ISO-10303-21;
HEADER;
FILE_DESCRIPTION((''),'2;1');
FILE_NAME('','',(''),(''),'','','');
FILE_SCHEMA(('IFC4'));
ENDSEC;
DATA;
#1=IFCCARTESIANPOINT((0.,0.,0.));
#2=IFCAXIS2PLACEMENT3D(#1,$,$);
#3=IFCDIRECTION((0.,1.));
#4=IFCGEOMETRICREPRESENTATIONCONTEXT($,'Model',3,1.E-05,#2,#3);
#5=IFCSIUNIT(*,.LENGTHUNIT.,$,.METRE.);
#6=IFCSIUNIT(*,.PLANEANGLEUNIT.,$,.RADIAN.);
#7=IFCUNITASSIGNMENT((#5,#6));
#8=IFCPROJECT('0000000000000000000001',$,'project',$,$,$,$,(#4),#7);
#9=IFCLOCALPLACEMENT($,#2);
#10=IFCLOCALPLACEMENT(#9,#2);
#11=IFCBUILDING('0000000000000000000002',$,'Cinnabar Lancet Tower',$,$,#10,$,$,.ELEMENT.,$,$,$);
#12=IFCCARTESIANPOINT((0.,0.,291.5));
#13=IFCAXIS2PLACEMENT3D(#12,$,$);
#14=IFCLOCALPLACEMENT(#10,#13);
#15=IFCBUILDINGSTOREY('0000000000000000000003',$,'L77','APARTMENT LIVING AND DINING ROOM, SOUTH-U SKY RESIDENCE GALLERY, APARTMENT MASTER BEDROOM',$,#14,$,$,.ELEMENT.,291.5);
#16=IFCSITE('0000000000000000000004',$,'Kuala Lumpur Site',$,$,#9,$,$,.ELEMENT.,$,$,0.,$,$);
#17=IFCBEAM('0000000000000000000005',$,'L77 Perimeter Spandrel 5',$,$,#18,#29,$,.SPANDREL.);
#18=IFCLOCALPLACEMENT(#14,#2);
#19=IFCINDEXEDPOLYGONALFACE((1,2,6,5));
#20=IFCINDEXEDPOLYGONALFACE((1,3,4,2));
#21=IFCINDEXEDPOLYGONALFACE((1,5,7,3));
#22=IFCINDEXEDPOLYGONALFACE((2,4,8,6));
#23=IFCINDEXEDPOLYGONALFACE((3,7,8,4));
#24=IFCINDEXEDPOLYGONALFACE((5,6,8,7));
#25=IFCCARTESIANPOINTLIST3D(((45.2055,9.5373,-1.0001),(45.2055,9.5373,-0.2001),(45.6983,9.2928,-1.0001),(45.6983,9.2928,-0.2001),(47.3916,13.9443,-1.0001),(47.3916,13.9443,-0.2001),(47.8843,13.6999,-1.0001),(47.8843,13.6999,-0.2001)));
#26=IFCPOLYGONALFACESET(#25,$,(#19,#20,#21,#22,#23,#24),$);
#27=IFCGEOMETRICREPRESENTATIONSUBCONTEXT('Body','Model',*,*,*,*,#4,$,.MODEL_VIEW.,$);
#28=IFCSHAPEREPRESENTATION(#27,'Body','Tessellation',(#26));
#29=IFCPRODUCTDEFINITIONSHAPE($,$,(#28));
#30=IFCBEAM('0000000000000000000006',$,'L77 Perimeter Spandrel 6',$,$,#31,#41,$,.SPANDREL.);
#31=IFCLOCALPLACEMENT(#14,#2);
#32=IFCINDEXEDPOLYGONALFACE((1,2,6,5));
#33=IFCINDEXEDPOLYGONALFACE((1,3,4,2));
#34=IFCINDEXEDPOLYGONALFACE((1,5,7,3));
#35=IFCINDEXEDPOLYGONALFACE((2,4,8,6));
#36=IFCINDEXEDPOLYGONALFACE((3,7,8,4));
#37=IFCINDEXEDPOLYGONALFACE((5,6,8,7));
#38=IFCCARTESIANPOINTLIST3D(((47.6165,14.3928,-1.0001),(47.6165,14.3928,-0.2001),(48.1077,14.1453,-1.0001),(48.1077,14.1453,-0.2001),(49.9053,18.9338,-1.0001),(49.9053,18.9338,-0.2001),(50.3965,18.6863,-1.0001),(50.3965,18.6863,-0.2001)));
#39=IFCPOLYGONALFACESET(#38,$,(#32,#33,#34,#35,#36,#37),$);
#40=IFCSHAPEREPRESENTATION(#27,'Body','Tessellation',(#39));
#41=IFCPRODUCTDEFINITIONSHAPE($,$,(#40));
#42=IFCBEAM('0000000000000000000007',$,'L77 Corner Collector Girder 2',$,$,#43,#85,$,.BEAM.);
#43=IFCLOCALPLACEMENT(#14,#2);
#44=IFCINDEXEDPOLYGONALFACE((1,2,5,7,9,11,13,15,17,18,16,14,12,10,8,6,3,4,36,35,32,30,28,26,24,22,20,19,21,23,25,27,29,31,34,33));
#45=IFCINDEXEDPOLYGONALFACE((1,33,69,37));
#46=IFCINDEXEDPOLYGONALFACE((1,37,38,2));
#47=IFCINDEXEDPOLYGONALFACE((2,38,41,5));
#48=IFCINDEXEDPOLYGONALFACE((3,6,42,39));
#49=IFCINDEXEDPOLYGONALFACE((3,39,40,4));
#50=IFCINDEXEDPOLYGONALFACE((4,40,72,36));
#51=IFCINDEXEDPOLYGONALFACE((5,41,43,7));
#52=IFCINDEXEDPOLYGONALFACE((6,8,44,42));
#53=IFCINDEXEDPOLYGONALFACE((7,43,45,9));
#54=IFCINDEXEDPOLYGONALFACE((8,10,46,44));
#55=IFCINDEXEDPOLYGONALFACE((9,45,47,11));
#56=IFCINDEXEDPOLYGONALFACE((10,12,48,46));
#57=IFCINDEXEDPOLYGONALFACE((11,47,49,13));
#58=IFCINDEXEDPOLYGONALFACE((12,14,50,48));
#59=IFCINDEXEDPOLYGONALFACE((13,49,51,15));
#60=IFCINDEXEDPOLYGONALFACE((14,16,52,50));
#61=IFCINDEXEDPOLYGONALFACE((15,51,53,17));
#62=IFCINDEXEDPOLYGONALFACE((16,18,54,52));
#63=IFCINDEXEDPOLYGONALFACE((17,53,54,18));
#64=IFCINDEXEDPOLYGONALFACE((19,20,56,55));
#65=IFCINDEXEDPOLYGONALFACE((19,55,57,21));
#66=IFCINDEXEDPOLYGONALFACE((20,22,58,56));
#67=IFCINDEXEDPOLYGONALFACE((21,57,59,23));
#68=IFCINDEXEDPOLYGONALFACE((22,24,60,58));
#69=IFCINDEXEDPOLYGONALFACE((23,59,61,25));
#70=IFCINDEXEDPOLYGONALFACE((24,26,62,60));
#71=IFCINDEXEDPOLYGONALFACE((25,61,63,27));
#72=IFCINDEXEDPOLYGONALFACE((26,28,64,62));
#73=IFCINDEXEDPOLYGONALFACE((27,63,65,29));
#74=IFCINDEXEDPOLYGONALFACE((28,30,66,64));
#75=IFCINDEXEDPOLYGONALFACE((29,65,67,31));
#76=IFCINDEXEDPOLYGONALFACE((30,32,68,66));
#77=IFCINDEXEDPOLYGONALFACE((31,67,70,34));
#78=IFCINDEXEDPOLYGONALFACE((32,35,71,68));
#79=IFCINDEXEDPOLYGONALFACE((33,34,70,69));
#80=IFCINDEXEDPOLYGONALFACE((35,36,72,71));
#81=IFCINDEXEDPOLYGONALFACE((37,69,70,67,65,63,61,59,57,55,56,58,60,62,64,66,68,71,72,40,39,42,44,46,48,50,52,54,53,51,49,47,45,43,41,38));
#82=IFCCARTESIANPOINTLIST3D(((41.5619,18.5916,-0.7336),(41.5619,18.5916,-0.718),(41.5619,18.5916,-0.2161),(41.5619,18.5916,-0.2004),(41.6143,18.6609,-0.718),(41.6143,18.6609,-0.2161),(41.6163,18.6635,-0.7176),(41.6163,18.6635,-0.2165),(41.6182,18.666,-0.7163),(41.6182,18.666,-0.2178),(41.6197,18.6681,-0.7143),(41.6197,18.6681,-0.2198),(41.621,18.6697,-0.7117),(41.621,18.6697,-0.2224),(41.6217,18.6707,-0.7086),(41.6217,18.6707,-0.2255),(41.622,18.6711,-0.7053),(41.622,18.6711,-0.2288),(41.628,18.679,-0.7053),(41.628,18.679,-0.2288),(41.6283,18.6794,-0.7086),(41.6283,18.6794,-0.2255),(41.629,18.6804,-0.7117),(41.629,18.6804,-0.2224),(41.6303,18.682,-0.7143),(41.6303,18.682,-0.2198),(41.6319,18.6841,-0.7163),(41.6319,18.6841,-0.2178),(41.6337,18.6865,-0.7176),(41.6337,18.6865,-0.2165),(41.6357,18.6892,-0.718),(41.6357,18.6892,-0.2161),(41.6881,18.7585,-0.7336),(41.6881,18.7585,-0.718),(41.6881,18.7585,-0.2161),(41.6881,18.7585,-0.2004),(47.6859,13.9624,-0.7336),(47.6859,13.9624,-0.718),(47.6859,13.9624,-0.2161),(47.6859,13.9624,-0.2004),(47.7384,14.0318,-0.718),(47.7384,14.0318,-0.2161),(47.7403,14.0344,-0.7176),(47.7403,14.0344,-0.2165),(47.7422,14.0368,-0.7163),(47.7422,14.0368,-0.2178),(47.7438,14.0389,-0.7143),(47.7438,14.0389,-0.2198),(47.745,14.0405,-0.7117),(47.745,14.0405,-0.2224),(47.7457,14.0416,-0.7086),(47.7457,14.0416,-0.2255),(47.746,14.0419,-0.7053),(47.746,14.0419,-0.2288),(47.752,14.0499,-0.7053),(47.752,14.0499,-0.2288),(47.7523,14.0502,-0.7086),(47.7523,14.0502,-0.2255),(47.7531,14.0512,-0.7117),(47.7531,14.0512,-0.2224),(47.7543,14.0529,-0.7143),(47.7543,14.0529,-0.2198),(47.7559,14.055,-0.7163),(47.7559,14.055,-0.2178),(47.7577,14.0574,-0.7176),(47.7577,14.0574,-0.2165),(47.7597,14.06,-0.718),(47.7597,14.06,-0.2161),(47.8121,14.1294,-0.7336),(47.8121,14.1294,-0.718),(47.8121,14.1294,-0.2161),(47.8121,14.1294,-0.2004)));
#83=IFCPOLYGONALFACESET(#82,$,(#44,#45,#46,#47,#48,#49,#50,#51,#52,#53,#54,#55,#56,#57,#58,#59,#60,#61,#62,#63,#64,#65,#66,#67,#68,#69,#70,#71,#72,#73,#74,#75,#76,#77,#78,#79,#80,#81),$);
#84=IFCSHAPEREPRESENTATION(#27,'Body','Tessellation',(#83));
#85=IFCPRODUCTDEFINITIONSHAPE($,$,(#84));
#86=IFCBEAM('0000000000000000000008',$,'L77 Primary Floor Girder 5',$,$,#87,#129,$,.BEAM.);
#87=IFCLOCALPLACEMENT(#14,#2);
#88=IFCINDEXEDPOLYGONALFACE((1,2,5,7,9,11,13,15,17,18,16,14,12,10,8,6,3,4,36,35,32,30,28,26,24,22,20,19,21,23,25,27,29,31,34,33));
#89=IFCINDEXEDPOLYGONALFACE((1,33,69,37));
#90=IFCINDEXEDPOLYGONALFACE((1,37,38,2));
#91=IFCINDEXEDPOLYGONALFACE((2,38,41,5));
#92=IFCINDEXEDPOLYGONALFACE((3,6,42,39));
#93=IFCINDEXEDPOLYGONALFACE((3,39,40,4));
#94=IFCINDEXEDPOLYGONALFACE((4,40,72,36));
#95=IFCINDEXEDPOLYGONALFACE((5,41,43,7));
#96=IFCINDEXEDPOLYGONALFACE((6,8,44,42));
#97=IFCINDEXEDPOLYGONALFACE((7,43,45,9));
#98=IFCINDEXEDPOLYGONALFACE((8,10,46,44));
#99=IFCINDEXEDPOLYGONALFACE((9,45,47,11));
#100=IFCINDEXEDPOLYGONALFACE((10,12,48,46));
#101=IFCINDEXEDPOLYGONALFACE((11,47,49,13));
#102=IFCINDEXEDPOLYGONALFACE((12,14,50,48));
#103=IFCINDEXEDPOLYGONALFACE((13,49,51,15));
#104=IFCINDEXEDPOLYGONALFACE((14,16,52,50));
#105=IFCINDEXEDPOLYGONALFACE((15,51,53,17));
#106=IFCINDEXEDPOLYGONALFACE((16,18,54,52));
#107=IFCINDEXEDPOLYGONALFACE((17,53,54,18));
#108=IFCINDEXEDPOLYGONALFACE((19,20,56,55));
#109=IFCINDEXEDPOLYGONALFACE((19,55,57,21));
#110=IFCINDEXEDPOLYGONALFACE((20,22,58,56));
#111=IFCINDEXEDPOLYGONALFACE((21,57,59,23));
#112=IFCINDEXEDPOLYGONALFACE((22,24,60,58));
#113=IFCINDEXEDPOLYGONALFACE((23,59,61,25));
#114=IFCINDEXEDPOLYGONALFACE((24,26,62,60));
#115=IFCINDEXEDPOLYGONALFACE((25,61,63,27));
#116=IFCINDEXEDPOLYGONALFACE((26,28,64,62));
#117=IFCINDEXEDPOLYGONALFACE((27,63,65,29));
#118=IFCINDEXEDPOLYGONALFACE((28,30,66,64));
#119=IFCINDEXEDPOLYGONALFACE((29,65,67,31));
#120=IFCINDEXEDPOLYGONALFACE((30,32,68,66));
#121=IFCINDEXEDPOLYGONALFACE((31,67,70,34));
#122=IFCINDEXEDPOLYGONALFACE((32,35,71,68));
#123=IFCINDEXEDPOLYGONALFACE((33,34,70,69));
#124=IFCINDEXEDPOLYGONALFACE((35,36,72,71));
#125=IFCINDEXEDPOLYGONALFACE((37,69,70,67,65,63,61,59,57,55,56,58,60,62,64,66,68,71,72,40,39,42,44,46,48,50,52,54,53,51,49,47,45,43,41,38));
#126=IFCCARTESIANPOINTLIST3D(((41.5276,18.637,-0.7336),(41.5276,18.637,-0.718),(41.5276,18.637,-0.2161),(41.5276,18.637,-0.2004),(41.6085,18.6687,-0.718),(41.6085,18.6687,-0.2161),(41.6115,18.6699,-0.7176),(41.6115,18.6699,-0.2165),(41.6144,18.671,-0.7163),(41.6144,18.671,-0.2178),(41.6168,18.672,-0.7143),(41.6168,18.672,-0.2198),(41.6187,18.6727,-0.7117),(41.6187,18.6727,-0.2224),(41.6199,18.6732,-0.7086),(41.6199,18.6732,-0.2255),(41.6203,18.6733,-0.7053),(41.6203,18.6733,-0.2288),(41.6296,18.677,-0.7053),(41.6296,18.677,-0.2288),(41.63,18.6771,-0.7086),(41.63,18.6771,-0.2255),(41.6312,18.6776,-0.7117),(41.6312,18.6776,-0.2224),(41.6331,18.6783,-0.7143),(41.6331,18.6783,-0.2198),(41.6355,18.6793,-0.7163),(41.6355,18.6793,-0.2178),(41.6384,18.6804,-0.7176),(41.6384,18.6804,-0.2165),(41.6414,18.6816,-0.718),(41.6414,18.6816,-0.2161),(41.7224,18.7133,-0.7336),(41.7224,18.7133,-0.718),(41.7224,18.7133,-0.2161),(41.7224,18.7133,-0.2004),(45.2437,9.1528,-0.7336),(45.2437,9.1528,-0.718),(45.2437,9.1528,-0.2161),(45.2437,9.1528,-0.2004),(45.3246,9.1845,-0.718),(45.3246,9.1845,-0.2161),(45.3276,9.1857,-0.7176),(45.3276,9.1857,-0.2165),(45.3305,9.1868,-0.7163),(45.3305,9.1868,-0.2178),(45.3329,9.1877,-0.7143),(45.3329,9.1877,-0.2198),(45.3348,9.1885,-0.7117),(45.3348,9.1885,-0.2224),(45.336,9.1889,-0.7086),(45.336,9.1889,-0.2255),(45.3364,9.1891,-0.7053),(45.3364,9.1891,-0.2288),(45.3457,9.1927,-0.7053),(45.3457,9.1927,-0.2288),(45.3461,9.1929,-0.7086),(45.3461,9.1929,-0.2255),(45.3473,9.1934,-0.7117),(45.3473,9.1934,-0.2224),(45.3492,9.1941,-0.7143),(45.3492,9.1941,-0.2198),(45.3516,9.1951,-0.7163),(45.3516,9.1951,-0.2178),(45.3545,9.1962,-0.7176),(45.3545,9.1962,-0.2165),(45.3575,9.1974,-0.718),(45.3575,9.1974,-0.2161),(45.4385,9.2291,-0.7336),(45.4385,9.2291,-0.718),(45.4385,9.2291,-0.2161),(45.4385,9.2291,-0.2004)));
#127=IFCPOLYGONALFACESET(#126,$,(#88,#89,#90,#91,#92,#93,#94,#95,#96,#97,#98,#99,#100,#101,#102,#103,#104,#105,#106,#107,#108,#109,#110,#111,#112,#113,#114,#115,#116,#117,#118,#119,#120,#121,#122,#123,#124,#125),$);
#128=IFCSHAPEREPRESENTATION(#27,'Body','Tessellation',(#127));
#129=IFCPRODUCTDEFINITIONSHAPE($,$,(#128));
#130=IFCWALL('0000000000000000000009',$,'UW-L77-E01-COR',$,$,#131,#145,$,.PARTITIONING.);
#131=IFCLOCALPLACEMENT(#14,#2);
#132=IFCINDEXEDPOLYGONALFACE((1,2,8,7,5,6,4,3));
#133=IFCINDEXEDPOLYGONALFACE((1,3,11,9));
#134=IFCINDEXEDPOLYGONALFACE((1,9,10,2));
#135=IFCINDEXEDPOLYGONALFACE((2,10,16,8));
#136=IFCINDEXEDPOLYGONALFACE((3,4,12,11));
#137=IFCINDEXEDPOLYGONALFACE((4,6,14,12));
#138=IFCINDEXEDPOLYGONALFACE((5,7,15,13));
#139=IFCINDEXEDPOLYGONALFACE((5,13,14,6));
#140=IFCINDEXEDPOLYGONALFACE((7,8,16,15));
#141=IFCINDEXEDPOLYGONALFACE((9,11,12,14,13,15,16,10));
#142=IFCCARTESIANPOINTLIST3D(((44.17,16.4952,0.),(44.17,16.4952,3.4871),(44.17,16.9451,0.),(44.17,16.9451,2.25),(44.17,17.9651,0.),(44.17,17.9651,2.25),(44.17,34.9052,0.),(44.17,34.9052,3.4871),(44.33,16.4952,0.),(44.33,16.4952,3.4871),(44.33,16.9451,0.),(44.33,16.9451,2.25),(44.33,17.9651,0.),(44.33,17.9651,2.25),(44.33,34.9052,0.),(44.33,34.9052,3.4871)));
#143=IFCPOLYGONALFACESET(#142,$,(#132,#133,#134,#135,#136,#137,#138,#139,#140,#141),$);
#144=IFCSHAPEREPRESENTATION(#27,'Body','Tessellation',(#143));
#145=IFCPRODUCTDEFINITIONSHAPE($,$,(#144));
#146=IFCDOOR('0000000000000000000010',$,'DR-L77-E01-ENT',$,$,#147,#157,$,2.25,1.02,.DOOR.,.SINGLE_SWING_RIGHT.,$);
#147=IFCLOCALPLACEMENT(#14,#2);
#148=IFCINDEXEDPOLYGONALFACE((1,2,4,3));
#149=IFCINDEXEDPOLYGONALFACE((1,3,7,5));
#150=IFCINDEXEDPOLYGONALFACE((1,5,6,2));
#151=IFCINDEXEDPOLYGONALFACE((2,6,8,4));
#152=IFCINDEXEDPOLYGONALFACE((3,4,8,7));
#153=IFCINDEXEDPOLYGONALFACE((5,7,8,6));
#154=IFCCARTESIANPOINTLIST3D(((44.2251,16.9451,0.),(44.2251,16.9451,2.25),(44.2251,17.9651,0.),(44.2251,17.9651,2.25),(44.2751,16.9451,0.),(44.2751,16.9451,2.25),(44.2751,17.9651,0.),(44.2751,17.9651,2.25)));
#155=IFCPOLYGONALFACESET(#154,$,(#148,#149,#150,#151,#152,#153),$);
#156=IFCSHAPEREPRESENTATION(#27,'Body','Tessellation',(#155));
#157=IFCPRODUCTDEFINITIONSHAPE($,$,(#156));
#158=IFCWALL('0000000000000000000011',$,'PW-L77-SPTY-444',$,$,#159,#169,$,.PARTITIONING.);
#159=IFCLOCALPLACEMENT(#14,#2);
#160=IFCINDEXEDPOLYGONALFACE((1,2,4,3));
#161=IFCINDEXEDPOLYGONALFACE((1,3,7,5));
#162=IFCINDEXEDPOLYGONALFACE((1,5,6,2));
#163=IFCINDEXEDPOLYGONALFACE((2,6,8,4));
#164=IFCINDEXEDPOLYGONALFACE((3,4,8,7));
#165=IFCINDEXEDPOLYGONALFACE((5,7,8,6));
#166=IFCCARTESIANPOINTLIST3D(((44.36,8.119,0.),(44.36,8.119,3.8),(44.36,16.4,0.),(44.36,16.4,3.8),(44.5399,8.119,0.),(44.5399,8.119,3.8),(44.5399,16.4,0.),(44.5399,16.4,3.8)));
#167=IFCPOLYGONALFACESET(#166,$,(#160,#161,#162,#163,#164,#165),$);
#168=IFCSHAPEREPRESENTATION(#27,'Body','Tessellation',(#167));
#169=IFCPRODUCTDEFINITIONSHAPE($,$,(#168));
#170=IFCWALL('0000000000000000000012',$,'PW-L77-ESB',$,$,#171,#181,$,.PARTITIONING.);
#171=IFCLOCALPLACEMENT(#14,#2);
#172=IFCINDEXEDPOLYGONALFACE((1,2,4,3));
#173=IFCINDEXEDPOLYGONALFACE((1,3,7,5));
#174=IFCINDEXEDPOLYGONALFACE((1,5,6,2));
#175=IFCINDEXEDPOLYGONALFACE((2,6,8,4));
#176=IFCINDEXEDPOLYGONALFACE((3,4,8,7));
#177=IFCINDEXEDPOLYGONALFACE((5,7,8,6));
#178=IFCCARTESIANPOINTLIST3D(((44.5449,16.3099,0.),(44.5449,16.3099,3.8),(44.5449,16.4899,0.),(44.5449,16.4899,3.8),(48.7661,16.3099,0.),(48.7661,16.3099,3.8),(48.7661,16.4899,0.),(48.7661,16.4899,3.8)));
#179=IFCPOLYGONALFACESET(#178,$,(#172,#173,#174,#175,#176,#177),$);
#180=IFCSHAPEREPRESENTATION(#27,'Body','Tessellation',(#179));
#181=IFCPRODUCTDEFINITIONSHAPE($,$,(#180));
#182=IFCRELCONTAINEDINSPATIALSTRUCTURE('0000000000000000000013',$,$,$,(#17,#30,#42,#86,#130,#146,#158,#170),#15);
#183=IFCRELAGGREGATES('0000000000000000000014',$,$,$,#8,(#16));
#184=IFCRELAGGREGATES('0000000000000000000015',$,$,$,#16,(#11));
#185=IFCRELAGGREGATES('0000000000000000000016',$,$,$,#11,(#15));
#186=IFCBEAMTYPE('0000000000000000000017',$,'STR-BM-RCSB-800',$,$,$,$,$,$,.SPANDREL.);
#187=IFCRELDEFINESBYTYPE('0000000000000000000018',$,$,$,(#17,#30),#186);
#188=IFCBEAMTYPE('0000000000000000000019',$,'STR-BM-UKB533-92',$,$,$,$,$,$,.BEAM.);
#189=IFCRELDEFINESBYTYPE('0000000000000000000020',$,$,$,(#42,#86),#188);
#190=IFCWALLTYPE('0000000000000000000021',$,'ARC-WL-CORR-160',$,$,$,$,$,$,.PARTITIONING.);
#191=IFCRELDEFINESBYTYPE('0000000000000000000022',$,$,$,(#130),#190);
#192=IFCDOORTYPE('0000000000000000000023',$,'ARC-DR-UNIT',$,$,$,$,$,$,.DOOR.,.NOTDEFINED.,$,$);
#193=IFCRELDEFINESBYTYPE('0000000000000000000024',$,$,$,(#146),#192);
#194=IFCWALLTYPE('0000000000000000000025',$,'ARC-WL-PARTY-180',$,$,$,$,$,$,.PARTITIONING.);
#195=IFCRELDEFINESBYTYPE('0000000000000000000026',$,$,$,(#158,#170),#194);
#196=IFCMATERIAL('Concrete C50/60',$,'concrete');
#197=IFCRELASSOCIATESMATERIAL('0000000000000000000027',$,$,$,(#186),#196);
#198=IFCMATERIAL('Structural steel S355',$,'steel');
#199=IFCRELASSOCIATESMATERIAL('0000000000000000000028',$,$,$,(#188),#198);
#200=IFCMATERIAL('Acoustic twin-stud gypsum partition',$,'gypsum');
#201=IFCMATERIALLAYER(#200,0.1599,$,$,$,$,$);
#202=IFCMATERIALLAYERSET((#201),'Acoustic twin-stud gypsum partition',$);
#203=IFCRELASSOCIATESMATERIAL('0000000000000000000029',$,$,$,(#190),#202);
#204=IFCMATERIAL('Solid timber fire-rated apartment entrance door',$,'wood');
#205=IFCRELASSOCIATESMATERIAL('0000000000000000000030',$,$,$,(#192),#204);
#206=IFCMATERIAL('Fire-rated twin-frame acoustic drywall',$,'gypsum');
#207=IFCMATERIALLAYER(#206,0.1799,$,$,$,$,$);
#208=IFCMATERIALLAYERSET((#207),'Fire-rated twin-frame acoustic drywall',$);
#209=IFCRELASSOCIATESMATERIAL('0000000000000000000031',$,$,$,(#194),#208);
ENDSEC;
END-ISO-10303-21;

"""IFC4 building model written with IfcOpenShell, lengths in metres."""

from ifc_helpers import new_model, si_unit, direction, frame, frame_2d, origin, origin_2d, place, context, subcontext, project, spatial, rectangle, i_section, extrude, material, layer, layer_set, material_profile, profile_set, type_object, element, fill, save


model = new_model("IFC4")

# Units and contexts
model_context = context("Model", 3, precision=1e-05, world=origin(), true_north=direction((0.0, 1.0)))
body_context = subcontext(model_context, "Body", "Model", "MODEL_VIEW")
ifc_project = project(units=[si_unit("LENGTHUNIT", "METRE"), si_unit("PLANEANGLEUNIT", "RADIAN")], contexts=[model_context])

# Site, building, storey
site_placement = place(None, origin())
site = spatial("IfcSite", under=ifc_project, at=site_placement, Name="Kuala Lumpur Site", CompositionType="ELEMENT", RefElevation=0.0)
building_placement = place(site_placement, origin())
building = spatial("IfcBuilding", under=site, at=building_placement, Name="Cinnabar Lancet Tower", CompositionType="ELEMENT")
storey_placement = place(building_placement, frame((0.0, 0.0, 291.5)))
storey = spatial("IfcBuildingStorey", under=building, at=storey_placement, Name="L77", Description="APARTMENT LIVING AND DINING ROOM, SOUTH-U SKY RESIDENCE GALLERY, APARTMENT MASTER BEDROOM", CompositionType="ELEMENT", Elevation=291.5)

# Beams
ifc_material_1 = material(Name="Concrete C50/60", Category="concrete")
ifc_material_profile_1 = material_profile(ifc_material_1, rectangle(XDim=0.55, YDim=0.8, at=origin_2d()), Name="RC-SB 550x800")
ifc_profile_set_1 = profile_set([ifc_material_profile_1], Name="Concrete C50/60")
beam_type_1 = type_object("IfcBeamType", Name="STR-BM-RCSB-800", PredefinedType="SPANDREL", material=ifc_profile_set_1)
beam_1_placement = place(storey_placement, frame((45.4519, 9.415, -0.6001), z_axis=(0.444373, 0.895842, 0.0), x_axis=(-0.895842, 0.444373, 0.0)))
element("IfcBeam", 1, at=beam_1_placement, inside=storey, type_object=beam_type_1, Name="L77 Perimeter Spandrel 5", PredefinedType="SPANDREL", context=body_context, shape_type="SweptSolid", body=[
    extrude(rectangle(XDim=0.55, YDim=0.8, at=origin_2d()), origin(), (0.0, 0.0, 1.0), 4.9194),
])
beam_2_placement = place(storey_placement, frame((47.8621, 14.269, -0.6001), z_axis=(0.450092, 0.892982, 0.0), x_axis=(-0.892982, 0.450092, 0.0)))
element("IfcBeam", 2, at=beam_2_placement, inside=storey, type_object=beam_type_1, Name="L77 Perimeter Spandrel 6", PredefinedType="SPANDREL", context=body_context, shape_type="SweptSolid", body=[
    extrude(rectangle(XDim=0.55, YDim=0.8, at=origin_2d()), origin(), (0.0, 0.0, 1.0), 5.0852),
])
ifc_material_2 = material(Name="Structural steel S355", Category="steel")
ifc_material_profile_2 = material_profile(ifc_material_2, i_section(OverallWidth=0.2092, OverallDepth=0.5332, WebThickness=0.01, FlangeThickness=0.0156, FilletRadius=0.0127, at=origin_2d()), Name="UKB 533x210x92")
ifc_profile_set_2 = profile_set([ifc_material_profile_2], Name="Structural steel S355")
beam_type_2 = type_object("IfcBeamType", Name="STR-BM-UKB533-92", PredefinedType="BEAM", material=ifc_profile_set_2)
beam_3_placement = place(storey_placement, frame((47.749, 14.0459, -0.467), z_axis=(-0.797735, 0.603008, 0.0), x_axis=(-0.603008, -0.797735, 0.0)))
element("IfcBeam", 3, at=beam_3_placement, inside=storey, type_object=beam_type_2, Name="L77 Corner Collector Girder 2", PredefinedType="BEAM", context=body_context, shape_type="SweptSolid", body=[
    extrude(i_section(OverallWidth=0.2092, OverallDepth=0.5332, WebThickness=0.01, FlangeThickness=0.0156, FilletRadius=0.0127, at=origin_2d()), origin(), (0.0, 0.0, 1.0), 7.6768),
])
beam_4_placement = place(storey_placement, frame((45.3411, 9.1909, -0.467), z_axis=(-0.364815, 0.93108, 0.0), x_axis=(-0.93108, -0.364815, 0.0)))
element("IfcBeam", 4, at=beam_4_placement, inside=storey, type_object=beam_type_2, Name="L77 Primary Floor Girder 5", PredefinedType="BEAM", context=body_context, shape_type="SweptSolid", body=[
    extrude(i_section(OverallWidth=0.2092, OverallDepth=0.5332, WebThickness=0.01, FlangeThickness=0.0156, FilletRadius=0.0127, at=origin_2d()), origin(), (0.0, 0.0, 1.0), 10.1863),
])

# Wall, opening, door
ifc_material_3 = material(Name="Acoustic twin-stud gypsum partition", Category="gypsum")
ifc_layer_1 = layer(ifc_material_3, 0.1599)
ifc_layer_set_1 = layer_set([ifc_layer_1], Name="Acoustic twin-stud gypsum partition")
wall_type_1 = type_object("IfcWallType", Name="ARC-WL-CORR-160", PredefinedType="PARTITIONING", material=ifc_layer_set_1)
wall_1_placement = place(storey_placement, frame((44.25, 16.4951, 0.0), z_axis=(0.0, 0.0, 1.0), x_axis=(0.0, 1.0, 0.0)))
wall_1 = element("IfcWall", 5, at=wall_1_placement, inside=storey, type_object=wall_type_1, Name="UW-L77-E01-COR", PredefinedType="PARTITIONING", context=body_context, shape_type="SweptSolid", body=[
    extrude(rectangle(XDim=18.4099, YDim=0.1599, at=frame_2d((9.2051, 0.0))), origin(), (0.0, 0.0, 1.0), 3.4871),
])
opening_1_placement = place(wall_1_placement, frame((0.45, 0.0, 0.0)))
opening_1 = element("IfcOpeningElement", 6, at=opening_1_placement, cuts=wall_1, PredefinedType="OPENING", context=body_context, shape_type="SweptSolid", body=[
    extrude(rectangle(XDim=1.02, YDim=2.25, at=frame_2d((0.51, 1.125))), frame((0.0, 0.0898, 0.0), z_axis=(0.0, -1.0, 0.0), x_axis=(1.0, 0.0, 0.0)), (0.0, 0.0, 1.0), 0.1799),
])
ifc_material_4 = material(Name="Solid timber fire-rated apartment entrance door", Category="wood")
door_type_1 = type_object("IfcDoorType", Name="ARC-DR-UNIT", OperationType="NOTDEFINED", PredefinedType="DOOR", material=ifc_material_4)
door_1_placement = place(opening_1_placement, origin())
door_1 = element("IfcDoor", 7, at=door_1_placement, inside=storey, type_object=door_type_1, Name="DR-L77-E01-ENT", OperationType="SINGLE_SWING_RIGHT", OverallHeight=2.25, OverallWidth=1.02, PredefinedType="DOOR", context=body_context, shape_type="SweptSolid", body=[
    extrude(rectangle(XDim=1.02, YDim=2.25, at=frame_2d((0.51, 1.125))), frame((0.0, 0.0249, 0.0), z_axis=(0.0, -1.0, 0.0), x_axis=(1.0, 0.0, 0.0)), (0.0, 0.0, 1.0), 0.05),
])
fill(opening_1, door_1)

# Walls
ifc_material_5 = material(Name="Fire-rated twin-frame acoustic drywall", Category="gypsum")
ifc_layer_2 = layer(ifc_material_5, 0.1799)
ifc_layer_set_2 = layer_set([ifc_layer_2], Name="Fire-rated twin-frame acoustic drywall")
wall_type_2 = type_object("IfcWallType", Name="ARC-WL-PARTY-180", PredefinedType="PARTITIONING", material=ifc_layer_set_2)
wall_2_placement = place(storey_placement, frame((44.45, 8.1189, 0.0), z_axis=(0.0, 0.0, 1.0), x_axis=(0.0, 1.0, 0.0)))
element("IfcWall", 8, at=wall_2_placement, inside=storey, type_object=wall_type_2, Name="PW-L77-SPTY-444", PredefinedType="PARTITIONING", context=body_context, shape_type="SweptSolid", body=[
    extrude(rectangle(XDim=8.281, YDim=0.1799, at=frame_2d((4.1406, 0.0))), origin(), (0.0, 0.0, 1.0), 3.8),
])
wall_3_placement = place(storey_placement, frame((44.5449, 16.3999, 0.0), z_axis=(0.0, 0.0, 1.0), x_axis=(1.0, 0.0, 0.0)))
element("IfcWall", 9, at=wall_3_placement, inside=storey, type_object=wall_type_2, Name="PW-L77-ESB", PredefinedType="PARTITIONING", context=body_context, shape_type="SweptSolid", body=[
    extrude(rectangle(XDim=4.2212, YDim=0.1799, at=frame_2d((2.1106, 0.0))), origin(), (0.0, 0.0, 1.0), 3.8),
])

save(model, "model.ifc")
